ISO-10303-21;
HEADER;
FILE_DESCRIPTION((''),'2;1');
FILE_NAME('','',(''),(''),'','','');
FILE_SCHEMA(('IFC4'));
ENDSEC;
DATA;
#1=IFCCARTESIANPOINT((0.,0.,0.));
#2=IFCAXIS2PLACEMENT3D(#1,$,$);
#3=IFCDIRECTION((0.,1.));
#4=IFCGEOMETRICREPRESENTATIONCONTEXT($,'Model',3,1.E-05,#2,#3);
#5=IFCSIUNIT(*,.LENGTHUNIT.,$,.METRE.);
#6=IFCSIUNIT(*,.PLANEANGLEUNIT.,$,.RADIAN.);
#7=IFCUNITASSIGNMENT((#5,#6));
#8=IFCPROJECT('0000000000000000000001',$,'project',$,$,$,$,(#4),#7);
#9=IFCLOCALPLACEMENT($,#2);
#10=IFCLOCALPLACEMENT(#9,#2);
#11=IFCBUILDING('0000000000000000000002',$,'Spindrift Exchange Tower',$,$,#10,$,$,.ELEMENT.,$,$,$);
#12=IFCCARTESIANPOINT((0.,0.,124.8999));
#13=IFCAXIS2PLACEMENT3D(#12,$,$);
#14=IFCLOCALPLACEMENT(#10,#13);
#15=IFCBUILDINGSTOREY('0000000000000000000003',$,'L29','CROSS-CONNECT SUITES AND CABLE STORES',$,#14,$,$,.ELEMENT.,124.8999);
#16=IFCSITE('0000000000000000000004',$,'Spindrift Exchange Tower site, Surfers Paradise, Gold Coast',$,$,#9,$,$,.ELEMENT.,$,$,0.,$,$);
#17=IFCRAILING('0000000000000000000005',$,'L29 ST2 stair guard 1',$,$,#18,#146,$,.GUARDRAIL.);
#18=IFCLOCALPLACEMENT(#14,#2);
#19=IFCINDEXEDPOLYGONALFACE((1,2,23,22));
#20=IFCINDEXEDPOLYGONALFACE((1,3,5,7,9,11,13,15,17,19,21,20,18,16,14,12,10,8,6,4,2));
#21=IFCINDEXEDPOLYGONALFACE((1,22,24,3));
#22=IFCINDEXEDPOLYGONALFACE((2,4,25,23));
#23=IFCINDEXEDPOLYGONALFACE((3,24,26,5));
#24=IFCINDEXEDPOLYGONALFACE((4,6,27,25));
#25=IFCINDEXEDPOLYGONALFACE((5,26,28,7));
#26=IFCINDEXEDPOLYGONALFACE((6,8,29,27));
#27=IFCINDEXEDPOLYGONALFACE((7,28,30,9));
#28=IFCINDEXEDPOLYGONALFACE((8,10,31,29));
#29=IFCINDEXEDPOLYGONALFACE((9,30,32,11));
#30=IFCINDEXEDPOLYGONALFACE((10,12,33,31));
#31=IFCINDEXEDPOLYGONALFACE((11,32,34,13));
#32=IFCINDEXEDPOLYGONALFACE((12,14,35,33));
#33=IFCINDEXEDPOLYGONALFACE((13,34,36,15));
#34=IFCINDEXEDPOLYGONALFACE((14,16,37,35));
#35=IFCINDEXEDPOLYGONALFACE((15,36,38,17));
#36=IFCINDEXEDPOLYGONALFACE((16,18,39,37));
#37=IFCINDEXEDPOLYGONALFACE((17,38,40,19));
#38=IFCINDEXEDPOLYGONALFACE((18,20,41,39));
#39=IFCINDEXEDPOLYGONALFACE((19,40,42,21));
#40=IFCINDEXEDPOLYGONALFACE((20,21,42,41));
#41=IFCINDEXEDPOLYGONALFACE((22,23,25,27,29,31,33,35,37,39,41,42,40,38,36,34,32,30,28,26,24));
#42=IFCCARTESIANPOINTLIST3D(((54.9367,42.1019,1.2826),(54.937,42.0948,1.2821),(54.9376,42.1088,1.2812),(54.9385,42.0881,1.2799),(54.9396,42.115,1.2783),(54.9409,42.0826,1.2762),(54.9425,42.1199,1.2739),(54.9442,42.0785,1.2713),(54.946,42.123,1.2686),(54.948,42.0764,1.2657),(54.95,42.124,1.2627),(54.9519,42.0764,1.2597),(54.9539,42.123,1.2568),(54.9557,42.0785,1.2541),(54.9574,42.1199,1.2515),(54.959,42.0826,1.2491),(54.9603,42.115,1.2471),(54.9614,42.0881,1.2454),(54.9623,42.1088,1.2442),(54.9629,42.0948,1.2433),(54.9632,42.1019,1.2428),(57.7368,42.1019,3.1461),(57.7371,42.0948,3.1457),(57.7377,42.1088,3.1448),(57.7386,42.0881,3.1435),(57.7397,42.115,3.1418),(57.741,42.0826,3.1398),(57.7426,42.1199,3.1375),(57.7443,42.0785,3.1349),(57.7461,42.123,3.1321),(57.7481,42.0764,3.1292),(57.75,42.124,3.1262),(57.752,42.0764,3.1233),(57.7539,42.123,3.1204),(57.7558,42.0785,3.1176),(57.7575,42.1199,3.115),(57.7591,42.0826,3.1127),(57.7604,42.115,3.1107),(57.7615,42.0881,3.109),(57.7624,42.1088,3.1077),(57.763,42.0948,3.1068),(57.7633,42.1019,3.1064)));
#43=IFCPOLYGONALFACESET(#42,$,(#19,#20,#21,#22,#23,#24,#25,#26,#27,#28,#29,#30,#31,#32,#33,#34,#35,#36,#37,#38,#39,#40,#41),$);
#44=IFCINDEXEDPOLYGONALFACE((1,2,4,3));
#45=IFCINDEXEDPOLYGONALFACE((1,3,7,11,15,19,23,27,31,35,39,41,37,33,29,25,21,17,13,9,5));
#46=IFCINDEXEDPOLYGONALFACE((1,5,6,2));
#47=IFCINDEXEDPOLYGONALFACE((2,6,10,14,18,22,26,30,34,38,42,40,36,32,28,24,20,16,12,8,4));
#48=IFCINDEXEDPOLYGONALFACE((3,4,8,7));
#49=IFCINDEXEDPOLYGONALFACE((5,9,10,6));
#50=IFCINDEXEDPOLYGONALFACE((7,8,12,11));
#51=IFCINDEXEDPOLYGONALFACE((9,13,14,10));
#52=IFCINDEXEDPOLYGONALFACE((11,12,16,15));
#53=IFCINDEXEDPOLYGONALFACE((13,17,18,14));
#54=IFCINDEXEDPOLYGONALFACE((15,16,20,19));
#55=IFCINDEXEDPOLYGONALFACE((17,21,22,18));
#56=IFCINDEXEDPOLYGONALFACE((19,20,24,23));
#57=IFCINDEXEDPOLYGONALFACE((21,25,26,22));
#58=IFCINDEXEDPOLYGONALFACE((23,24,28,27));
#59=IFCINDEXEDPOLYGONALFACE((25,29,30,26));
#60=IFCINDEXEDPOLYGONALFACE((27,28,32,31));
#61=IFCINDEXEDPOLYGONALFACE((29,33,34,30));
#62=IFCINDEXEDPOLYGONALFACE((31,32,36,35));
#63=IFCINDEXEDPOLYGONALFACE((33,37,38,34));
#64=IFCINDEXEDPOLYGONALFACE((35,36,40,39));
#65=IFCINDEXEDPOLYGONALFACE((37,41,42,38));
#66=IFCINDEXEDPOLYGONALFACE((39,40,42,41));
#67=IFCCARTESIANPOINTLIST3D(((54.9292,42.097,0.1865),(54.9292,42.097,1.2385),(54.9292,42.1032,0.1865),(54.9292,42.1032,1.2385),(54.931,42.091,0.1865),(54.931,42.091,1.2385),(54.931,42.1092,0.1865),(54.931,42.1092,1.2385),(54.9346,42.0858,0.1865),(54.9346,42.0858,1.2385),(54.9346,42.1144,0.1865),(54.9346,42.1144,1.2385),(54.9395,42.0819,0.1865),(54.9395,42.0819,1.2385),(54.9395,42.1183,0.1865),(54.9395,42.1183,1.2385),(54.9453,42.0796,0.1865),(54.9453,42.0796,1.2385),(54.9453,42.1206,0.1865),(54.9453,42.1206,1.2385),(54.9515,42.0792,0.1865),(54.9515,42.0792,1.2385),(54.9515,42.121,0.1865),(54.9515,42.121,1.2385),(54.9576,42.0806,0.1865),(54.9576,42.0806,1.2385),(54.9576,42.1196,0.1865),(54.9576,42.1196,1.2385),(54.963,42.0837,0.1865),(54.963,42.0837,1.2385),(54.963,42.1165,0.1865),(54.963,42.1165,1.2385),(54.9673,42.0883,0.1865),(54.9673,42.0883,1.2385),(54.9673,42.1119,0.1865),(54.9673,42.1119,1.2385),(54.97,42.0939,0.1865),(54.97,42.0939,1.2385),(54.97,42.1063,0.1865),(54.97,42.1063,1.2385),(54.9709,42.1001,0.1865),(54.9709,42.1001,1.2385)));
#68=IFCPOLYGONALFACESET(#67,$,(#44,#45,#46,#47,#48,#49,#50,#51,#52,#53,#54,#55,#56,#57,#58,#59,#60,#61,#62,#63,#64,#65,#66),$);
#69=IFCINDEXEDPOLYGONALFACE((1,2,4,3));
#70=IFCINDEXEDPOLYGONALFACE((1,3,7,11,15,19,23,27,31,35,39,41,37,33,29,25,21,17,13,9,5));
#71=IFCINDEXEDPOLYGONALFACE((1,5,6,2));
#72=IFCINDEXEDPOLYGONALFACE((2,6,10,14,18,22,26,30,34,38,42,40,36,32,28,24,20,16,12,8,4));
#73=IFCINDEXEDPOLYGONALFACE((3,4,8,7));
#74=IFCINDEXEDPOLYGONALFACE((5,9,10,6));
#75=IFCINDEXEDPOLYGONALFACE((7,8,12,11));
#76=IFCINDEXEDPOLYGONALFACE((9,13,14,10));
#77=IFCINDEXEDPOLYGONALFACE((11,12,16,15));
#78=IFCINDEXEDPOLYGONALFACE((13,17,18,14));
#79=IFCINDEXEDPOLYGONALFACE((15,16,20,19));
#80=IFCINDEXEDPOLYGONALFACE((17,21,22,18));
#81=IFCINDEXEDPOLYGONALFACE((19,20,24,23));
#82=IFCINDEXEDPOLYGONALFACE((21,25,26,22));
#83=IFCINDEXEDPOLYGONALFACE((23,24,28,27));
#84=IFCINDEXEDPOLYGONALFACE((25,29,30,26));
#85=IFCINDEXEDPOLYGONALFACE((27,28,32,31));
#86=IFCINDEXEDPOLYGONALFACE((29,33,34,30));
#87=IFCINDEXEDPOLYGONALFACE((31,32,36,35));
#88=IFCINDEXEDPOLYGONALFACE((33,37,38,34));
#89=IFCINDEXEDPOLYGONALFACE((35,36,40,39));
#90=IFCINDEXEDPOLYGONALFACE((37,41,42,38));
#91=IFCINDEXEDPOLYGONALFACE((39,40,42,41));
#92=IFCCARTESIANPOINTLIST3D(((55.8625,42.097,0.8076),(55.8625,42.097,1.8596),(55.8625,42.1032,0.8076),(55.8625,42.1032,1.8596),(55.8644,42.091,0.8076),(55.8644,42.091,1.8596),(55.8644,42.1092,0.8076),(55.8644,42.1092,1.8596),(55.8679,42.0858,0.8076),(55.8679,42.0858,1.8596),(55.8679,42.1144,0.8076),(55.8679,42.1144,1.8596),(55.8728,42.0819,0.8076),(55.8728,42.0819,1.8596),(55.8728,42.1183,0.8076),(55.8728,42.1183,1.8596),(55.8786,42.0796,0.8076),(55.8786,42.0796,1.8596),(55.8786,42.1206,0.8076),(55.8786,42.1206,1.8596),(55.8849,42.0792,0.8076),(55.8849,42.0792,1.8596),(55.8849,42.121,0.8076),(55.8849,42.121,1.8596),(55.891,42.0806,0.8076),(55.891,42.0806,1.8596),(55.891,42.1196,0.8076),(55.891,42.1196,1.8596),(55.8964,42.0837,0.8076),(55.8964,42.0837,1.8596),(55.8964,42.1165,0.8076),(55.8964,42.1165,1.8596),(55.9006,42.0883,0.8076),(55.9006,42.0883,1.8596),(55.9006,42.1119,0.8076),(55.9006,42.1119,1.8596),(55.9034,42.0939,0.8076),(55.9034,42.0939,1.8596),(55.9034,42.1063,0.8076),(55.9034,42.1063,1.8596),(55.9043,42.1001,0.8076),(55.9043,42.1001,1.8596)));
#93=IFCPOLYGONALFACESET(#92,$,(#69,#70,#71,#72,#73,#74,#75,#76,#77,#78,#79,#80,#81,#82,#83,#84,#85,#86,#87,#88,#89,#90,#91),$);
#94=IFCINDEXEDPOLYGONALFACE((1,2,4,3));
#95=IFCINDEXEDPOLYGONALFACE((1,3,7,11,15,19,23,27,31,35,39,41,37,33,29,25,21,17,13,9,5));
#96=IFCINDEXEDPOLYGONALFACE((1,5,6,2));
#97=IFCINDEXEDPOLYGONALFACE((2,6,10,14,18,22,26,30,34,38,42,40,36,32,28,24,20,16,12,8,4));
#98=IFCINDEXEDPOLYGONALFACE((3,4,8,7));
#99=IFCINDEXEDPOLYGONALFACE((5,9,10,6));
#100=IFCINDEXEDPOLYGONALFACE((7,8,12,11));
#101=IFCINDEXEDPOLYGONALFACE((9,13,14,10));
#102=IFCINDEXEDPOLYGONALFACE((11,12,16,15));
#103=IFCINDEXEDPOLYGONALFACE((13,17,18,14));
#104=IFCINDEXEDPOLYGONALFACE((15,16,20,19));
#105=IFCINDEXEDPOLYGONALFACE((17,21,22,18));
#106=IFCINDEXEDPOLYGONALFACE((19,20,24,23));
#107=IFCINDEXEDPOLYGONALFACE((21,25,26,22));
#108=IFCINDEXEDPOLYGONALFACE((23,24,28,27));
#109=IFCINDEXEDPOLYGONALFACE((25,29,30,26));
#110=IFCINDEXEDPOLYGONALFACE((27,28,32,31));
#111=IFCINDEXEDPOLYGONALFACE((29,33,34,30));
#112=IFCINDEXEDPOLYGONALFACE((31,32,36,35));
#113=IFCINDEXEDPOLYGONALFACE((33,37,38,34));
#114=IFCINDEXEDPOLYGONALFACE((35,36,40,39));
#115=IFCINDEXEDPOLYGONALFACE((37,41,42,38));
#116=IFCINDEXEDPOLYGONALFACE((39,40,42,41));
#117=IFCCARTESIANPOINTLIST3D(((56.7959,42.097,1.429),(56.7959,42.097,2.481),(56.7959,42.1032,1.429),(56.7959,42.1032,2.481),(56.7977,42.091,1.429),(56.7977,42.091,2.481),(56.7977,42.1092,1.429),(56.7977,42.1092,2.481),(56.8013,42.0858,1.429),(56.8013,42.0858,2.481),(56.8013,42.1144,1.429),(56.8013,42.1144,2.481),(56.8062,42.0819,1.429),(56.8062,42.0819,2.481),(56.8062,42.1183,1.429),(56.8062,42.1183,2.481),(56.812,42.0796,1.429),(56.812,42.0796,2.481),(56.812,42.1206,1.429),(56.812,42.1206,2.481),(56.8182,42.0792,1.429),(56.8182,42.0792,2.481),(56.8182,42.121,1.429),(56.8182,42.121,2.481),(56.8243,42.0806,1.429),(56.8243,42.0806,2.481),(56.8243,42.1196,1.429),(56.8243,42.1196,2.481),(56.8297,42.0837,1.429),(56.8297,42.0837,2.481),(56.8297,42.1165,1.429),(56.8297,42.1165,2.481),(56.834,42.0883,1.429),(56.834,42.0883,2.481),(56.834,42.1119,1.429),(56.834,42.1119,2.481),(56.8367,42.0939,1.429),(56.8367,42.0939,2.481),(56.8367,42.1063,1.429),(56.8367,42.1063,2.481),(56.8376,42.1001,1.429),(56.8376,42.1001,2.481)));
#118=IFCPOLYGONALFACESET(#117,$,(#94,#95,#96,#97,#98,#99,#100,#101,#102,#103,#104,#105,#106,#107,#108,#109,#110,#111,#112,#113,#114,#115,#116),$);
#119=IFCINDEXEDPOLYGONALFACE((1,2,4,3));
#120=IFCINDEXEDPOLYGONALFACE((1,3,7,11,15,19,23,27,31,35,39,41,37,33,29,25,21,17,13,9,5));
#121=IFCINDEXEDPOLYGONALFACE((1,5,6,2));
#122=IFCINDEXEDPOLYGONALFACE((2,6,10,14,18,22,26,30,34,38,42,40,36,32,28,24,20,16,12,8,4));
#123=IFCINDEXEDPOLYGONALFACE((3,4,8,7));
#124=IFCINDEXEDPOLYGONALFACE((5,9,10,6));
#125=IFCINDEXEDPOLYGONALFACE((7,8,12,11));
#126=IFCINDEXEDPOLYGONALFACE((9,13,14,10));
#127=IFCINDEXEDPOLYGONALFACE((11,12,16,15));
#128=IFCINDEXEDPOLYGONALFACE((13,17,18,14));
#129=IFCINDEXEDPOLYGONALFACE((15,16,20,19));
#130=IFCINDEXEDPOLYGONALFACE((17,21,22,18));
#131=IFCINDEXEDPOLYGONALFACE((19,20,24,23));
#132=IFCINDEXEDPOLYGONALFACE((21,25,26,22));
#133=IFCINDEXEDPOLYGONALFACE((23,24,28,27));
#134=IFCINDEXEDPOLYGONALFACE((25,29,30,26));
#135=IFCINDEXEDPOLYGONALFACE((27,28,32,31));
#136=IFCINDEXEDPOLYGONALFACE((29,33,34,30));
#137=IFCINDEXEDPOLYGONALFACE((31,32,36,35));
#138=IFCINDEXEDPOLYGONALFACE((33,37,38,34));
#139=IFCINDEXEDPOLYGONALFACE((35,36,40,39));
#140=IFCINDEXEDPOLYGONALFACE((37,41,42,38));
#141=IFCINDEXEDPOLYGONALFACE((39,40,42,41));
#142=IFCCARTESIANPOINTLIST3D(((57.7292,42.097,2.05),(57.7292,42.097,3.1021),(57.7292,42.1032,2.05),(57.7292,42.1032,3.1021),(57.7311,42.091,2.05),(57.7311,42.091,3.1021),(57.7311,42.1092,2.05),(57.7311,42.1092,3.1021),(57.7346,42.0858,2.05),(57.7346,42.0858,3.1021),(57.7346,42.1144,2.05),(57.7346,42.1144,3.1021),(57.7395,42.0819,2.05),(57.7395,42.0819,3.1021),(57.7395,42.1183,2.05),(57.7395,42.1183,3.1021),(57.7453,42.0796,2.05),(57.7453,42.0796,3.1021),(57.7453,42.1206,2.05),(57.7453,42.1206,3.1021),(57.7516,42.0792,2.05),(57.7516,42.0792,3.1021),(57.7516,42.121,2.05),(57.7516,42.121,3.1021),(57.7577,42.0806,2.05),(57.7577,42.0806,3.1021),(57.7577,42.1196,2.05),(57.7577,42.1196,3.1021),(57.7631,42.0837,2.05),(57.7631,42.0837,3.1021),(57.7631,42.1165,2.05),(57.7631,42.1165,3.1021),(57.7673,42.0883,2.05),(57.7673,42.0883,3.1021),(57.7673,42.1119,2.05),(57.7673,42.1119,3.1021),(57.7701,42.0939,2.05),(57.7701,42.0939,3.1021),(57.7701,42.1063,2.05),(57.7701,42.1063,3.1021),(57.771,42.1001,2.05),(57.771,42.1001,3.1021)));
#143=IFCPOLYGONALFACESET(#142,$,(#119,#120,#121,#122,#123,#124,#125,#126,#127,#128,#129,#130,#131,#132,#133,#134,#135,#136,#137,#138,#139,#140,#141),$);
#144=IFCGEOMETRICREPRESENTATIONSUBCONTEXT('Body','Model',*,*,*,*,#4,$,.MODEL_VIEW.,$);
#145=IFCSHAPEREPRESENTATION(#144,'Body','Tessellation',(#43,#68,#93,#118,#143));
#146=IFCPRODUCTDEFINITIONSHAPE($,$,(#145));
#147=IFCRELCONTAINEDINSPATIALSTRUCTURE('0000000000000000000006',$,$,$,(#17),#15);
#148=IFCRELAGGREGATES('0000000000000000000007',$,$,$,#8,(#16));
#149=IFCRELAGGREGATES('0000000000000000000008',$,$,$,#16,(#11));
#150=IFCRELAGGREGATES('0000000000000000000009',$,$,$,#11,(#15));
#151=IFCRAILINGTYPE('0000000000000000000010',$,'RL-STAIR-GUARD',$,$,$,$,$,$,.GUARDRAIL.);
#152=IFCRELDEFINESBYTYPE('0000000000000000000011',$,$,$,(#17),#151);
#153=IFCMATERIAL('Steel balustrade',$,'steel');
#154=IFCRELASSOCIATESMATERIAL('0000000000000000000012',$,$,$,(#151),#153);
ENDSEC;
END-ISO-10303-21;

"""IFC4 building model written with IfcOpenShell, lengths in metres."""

from ifc_helpers import new_model, si_unit, direction, frame, origin, origin_2d, place, context, subcontext, project, spatial, circle, extrude, material, type_object, element, save


model = new_model("IFC4")

# Units and contexts
model_context = context("Model", 3, precision=1e-05, world=origin(), true_north=direction((0.0, 1.0)))
body_context = subcontext(model_context, "Body", "Model", "MODEL_VIEW")
ifc_project = project(units=[si_unit("LENGTHUNIT", "METRE"), si_unit("PLANEANGLEUNIT", "RADIAN")], contexts=[model_context])

# Site, building, storey
site_placement = place(None, origin())
site = spatial("IfcSite", under=ifc_project, at=site_placement, Name="Spindrift Exchange Tower site, Surfers Paradise, Gold Coast", CompositionType="ELEMENT", RefElevation=0.0)
building_placement = place(site_placement, origin())
building = spatial("IfcBuilding", under=site, at=building_placement, Name="Spindrift Exchange Tower", CompositionType="ELEMENT")
storey_placement = place(building_placement, frame((0.0, 0.0, 124.8999)))
storey = spatial("IfcBuildingStorey", under=building, at=storey_placement, Name="L29", Description="CROSS-CONNECT SUITES AND CABLE STORES", CompositionType="ELEMENT", Elevation=124.8999)

# Railing
ifc_material_1 = material(Name="Steel balustrade", Category="steel")
railing_type_1 = type_object("IfcRailingType", Name="RL-STAIR-GUARD", PredefinedType="GUARDRAIL", material=ifc_material_1)
railing_1_placement = place(storey_placement, frame((54.95, 42.1001, 0.1865)))
element("IfcRailing", 1, at=railing_1_placement, inside=storey, type_object=railing_type_1, Name="L29 ST2 stair guard 1", PredefinedType="GUARDRAIL", context=body_context, shape_type="SweptSolid", body=[
    extrude(circle(Radius=0.0239, at=origin_2d()), frame((0.0, 0.0, 1.0762), z_axis=(0.832486, 0.0, 0.554047), x_axis=(0.0, 1.0, 0.0)), (0.0, 0.0, 1.0), 3.3635),
    extrude(circle(Radius=0.021, at=origin_2d()), origin(), (0.0, 0.0, 1.0), 1.052),
    extrude(circle(Radius=0.021, at=origin_2d()), frame((0.9333, 0.0, 0.6211)), (0.0, 0.0, 1.0), 1.052),
    extrude(circle(Radius=0.021, at=origin_2d()), frame((1.8667, 0.0, 1.2424)), (0.0, 0.0, 1.0), 1.052),
    extrude(circle(Radius=0.021, at=origin_2d()), frame((2.8, 0.0, 1.8635)), (0.0, 0.0, 1.0), 1.052),
])

save(model, "model.ifc")
